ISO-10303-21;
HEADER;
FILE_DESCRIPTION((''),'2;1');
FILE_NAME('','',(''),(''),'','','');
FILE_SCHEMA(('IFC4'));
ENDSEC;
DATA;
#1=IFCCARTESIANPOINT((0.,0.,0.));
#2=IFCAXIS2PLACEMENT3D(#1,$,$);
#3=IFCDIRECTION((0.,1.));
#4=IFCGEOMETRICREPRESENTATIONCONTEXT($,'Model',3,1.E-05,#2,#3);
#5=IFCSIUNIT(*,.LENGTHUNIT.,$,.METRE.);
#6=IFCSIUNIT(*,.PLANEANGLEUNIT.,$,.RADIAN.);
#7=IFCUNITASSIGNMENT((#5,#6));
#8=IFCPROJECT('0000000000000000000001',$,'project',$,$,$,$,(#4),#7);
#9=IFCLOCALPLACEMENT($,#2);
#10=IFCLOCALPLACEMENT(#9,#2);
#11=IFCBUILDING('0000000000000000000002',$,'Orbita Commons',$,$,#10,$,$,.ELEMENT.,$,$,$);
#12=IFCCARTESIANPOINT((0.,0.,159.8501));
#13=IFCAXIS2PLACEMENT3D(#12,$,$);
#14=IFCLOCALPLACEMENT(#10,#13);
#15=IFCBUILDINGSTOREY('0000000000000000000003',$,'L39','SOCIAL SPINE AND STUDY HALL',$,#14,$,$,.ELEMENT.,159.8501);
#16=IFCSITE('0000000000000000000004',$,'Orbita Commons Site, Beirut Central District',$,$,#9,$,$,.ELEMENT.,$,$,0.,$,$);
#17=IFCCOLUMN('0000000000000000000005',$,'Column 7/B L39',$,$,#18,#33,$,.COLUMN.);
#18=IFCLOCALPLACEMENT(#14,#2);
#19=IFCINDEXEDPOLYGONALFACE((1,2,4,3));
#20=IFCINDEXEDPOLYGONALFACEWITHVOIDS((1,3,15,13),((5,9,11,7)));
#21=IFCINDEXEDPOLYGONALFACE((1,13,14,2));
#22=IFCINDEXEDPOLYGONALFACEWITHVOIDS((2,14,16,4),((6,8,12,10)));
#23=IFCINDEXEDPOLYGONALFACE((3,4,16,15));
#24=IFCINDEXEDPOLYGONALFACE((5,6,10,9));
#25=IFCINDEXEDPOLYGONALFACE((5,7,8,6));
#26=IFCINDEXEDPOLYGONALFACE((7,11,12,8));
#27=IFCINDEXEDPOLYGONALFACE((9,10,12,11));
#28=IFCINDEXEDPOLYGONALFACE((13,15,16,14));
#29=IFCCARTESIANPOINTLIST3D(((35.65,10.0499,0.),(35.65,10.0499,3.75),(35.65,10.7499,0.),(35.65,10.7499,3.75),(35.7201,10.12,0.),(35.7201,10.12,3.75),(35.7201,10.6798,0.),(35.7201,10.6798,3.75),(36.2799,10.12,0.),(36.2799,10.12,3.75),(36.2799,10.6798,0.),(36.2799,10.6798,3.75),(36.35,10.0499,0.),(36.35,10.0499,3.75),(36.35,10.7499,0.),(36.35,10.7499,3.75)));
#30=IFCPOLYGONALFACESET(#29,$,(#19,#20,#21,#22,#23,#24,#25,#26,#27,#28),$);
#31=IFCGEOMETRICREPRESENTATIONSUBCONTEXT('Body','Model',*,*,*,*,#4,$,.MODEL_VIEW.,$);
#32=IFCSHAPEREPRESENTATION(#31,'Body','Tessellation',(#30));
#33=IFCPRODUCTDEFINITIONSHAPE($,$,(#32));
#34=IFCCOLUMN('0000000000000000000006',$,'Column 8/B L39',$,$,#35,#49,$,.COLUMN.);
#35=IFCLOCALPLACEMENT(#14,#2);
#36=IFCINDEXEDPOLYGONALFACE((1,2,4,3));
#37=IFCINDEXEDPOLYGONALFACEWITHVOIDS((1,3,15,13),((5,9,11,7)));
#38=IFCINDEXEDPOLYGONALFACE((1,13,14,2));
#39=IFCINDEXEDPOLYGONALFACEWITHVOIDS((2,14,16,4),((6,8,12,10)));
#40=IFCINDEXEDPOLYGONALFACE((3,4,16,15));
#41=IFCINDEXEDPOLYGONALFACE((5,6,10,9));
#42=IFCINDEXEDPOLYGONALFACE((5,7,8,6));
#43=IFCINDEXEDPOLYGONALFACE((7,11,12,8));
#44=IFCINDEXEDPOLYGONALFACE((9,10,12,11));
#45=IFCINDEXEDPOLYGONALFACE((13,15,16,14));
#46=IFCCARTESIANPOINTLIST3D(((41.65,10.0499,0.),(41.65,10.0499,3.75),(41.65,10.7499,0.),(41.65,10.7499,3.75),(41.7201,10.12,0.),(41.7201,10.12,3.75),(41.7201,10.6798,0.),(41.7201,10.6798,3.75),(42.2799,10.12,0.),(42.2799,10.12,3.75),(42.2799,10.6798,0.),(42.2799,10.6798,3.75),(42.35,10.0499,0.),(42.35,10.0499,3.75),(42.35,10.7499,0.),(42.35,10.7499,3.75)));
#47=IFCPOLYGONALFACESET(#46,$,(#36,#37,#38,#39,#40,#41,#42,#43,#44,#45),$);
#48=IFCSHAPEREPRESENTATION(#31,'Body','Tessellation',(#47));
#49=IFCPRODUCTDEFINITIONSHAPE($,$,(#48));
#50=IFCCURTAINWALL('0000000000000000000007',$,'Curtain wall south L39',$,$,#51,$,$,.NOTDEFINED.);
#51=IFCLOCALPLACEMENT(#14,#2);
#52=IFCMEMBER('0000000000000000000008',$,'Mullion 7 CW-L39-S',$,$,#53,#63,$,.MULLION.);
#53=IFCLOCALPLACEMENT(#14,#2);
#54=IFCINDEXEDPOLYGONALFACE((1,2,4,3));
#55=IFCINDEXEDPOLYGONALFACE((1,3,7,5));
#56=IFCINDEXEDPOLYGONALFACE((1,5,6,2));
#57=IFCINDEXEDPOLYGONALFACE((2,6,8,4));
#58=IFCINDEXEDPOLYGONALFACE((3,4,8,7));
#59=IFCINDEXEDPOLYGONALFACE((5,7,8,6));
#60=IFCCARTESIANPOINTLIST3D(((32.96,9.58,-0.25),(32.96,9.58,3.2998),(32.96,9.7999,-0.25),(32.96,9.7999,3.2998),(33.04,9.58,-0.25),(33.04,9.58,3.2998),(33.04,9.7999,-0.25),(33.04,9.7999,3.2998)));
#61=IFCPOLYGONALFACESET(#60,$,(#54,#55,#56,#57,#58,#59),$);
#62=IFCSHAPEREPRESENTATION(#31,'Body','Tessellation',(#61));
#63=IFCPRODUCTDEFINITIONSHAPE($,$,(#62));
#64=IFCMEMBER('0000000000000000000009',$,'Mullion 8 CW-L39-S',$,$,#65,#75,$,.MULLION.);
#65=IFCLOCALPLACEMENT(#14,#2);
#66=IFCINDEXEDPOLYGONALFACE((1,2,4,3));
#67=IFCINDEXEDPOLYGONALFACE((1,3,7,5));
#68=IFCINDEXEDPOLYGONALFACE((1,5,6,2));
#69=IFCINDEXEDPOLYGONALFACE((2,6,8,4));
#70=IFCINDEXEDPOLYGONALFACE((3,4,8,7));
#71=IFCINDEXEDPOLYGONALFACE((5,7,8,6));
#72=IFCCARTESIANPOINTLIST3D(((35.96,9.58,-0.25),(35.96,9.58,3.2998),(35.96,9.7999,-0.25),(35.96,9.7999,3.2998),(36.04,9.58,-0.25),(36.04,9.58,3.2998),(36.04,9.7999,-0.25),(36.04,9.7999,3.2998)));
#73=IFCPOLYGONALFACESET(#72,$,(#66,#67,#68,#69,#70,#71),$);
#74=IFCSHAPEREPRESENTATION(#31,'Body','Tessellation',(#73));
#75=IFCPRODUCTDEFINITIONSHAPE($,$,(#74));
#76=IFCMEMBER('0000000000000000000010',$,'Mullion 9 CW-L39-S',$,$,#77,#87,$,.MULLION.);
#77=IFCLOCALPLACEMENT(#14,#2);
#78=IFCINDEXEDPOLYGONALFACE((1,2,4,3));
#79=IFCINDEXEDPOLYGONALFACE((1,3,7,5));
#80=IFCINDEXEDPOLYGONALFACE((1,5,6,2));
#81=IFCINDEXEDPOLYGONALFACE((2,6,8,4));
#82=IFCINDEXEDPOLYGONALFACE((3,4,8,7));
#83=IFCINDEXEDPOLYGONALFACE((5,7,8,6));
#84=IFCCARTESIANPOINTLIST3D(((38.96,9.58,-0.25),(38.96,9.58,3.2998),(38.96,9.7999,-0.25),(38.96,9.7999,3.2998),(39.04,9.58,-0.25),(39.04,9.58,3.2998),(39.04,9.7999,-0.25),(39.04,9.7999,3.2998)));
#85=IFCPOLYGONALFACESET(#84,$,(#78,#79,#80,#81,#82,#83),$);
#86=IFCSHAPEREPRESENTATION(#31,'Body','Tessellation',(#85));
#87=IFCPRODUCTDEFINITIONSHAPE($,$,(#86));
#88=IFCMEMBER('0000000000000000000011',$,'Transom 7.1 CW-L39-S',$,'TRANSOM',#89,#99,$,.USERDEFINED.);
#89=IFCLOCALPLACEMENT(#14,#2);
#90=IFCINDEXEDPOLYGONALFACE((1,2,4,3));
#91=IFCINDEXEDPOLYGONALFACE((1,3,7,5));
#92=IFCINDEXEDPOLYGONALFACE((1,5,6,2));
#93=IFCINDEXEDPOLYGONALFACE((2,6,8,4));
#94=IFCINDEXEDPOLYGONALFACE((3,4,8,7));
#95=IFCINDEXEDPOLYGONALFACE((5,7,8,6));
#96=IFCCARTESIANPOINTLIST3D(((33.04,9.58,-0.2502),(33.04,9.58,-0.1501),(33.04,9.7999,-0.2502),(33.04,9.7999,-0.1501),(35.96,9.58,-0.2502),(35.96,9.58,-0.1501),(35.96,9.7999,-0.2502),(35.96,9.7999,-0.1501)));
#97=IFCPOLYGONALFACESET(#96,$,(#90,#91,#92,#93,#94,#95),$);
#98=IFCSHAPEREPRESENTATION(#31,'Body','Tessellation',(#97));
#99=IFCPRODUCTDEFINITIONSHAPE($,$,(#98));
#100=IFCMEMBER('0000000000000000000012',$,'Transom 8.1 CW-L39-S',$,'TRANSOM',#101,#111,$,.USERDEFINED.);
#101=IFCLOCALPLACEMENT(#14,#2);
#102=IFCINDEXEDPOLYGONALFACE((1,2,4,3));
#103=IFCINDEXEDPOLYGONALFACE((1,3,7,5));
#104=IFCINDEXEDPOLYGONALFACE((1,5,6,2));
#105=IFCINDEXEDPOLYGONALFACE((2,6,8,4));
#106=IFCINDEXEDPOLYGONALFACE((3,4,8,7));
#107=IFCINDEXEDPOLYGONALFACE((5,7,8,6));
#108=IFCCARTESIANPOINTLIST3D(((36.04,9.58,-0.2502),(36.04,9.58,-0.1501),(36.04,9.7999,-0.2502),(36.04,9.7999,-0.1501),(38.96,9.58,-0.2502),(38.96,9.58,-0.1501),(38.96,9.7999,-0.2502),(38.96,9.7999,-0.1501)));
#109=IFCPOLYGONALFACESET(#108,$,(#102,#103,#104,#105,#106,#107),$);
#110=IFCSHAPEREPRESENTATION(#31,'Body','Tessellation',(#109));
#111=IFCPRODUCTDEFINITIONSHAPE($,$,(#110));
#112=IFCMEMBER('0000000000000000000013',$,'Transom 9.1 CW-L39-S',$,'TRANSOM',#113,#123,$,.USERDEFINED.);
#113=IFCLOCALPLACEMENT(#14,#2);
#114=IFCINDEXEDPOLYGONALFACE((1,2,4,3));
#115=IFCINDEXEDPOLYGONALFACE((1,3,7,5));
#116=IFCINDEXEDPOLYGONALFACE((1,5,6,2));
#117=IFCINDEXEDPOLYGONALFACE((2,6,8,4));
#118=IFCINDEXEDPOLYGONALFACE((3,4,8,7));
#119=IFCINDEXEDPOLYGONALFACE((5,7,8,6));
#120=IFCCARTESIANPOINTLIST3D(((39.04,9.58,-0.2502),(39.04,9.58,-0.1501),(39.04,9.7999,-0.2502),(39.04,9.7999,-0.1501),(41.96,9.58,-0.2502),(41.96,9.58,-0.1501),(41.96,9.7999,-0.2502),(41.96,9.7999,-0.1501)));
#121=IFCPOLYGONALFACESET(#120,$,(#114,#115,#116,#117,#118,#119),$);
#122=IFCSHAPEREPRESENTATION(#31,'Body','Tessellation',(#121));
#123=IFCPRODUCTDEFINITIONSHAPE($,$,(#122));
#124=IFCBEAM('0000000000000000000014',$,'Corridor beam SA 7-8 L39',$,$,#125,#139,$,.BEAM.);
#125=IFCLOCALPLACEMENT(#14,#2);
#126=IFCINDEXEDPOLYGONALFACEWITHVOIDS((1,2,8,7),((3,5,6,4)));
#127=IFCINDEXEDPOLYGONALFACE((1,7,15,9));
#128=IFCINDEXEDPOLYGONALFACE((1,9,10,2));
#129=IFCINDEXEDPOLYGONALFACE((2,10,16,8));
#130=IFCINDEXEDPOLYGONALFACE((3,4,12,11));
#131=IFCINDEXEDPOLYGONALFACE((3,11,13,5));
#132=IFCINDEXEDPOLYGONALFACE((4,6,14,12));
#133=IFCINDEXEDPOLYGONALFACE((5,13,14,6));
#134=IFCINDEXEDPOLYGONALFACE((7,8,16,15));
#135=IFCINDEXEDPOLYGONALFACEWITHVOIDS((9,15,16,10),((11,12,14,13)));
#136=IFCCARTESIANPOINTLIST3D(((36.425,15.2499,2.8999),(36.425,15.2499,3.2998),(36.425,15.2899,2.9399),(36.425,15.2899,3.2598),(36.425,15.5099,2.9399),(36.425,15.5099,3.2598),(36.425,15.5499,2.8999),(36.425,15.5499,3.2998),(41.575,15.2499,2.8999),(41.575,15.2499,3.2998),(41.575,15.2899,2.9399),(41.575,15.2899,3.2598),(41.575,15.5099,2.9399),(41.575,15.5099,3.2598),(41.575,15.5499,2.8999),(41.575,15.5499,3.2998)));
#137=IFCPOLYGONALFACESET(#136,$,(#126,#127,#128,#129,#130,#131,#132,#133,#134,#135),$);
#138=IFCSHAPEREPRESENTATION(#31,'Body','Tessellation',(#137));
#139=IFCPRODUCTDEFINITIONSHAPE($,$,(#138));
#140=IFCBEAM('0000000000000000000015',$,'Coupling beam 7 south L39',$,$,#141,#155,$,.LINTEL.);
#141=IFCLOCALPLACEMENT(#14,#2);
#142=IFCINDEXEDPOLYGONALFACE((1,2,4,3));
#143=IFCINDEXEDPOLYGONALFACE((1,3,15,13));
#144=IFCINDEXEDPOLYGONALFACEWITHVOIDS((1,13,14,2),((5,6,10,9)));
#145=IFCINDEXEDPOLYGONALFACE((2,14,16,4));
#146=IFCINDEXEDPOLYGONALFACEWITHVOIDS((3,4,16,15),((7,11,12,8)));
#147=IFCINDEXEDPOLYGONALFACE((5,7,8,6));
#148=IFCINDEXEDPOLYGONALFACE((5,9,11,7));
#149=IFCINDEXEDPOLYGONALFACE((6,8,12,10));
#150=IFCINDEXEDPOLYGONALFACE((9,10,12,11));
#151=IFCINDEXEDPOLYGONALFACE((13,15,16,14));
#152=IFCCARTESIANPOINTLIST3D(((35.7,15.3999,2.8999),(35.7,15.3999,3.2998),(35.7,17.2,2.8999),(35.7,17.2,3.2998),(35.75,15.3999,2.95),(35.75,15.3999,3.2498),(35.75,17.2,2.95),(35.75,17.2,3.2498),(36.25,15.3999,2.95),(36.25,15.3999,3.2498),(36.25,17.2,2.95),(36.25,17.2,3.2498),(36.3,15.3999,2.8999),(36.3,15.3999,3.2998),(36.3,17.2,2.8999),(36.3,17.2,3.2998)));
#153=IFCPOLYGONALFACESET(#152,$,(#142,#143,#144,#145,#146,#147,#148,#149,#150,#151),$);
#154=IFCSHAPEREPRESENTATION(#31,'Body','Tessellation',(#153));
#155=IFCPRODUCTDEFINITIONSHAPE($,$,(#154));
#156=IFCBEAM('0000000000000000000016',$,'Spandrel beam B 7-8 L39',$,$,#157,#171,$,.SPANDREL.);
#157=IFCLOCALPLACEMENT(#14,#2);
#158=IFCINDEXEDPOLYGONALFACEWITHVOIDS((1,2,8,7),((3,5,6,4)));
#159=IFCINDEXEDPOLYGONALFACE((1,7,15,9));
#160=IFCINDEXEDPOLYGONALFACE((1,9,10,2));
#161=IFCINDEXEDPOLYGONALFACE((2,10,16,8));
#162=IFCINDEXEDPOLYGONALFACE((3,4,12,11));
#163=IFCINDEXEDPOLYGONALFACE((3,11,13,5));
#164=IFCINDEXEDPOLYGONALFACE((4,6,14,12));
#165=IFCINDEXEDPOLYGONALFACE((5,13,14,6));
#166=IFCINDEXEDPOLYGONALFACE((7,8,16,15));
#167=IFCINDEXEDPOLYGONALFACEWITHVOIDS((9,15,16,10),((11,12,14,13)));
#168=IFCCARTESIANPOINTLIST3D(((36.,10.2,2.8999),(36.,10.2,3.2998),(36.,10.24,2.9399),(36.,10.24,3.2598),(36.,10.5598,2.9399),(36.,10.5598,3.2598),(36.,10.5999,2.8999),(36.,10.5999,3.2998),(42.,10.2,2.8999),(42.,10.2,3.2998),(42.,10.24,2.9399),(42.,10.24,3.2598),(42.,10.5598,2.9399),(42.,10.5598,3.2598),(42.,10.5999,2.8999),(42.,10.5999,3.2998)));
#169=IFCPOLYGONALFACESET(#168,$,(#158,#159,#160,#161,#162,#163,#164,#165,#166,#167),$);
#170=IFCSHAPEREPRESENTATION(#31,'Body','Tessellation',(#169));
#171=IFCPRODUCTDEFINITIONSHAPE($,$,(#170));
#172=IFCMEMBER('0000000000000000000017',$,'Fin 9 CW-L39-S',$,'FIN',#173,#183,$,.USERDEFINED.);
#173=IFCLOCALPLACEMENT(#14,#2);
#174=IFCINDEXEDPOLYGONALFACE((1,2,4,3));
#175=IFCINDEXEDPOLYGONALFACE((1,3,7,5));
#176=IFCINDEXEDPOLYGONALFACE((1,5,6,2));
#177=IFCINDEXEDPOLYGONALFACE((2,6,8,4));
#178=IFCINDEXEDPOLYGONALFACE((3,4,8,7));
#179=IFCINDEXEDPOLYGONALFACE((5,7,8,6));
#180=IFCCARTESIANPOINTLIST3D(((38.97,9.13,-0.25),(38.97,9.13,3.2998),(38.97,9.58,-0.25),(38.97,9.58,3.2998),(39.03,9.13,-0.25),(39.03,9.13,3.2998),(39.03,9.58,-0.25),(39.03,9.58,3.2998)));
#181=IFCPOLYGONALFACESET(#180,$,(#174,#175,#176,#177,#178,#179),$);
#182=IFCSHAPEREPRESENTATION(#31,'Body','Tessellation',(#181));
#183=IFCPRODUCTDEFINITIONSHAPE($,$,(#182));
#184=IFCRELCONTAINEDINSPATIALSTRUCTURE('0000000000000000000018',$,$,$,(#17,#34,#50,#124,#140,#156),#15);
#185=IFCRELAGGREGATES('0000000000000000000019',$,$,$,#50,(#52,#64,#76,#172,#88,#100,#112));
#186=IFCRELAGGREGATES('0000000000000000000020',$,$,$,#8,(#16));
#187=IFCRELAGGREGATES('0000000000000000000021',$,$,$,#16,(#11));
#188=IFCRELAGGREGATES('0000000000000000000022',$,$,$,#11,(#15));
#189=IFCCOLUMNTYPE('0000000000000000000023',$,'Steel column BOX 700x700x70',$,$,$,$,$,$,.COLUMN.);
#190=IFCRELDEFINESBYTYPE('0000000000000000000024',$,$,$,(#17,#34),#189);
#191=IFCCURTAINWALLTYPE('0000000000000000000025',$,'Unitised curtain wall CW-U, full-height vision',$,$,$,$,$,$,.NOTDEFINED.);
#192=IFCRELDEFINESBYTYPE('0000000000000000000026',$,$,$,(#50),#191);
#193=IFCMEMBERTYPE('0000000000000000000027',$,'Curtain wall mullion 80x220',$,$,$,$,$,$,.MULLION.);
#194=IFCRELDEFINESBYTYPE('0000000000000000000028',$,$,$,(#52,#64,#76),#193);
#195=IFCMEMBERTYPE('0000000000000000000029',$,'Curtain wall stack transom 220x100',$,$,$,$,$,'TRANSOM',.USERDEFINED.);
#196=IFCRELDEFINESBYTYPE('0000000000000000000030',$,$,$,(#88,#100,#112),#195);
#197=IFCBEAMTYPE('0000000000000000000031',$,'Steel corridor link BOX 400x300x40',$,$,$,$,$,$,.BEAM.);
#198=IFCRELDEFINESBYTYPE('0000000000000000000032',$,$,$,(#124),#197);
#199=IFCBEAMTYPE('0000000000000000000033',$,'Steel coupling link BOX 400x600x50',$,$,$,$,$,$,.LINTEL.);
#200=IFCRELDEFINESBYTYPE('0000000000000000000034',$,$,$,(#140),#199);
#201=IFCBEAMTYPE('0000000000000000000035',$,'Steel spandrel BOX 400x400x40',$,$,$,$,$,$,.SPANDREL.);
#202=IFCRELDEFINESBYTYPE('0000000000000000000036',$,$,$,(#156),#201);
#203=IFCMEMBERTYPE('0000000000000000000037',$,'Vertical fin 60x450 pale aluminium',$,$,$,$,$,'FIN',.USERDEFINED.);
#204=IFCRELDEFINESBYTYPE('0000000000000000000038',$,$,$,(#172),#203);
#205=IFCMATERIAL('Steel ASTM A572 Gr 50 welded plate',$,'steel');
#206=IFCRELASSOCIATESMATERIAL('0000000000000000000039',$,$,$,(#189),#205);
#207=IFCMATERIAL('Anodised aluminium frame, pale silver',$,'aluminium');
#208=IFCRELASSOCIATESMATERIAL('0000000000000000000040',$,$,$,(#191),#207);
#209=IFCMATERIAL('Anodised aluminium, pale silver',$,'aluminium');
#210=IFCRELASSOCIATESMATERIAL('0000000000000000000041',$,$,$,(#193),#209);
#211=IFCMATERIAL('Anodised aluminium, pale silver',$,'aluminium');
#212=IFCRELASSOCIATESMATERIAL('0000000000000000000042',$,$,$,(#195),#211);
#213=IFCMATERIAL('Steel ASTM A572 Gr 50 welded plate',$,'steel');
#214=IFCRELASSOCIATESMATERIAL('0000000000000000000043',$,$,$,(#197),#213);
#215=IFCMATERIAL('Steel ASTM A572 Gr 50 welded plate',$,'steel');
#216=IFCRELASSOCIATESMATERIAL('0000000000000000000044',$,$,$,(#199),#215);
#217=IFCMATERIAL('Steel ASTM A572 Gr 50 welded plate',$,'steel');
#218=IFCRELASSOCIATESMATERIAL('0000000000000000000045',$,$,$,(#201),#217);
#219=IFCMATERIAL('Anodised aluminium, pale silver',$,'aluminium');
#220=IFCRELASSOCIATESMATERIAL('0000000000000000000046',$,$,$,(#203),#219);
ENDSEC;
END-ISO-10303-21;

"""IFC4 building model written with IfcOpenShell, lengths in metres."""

from ifc_helpers import new_model, si_unit, direction, frame, origin, origin_2d, place, context, subcontext, project, spatial, rectangle, hollow_rectangle, extrude, material, material_profile, profile_set, type_object, element, aggregate, save


model = new_model("IFC4")

# Units and contexts
model_context = context("Model", 3, precision=1e-05, world=origin(), true_north=direction((0.0, 1.0)))
body_context = subcontext(model_context, "Body", "Model", "MODEL_VIEW")
ifc_project = project(units=[si_unit("LENGTHUNIT", "METRE"), si_unit("PLANEANGLEUNIT", "RADIAN")], contexts=[model_context])

# Site, building, storey
site_placement = place(None, origin())
site = spatial("IfcSite", under=ifc_project, at=site_placement, Name="Orbita Commons Site, Beirut Central District", CompositionType="ELEMENT", RefElevation=0.0)
building_placement = place(site_placement, origin())
building = spatial("IfcBuilding", under=site, at=building_placement, Name="Orbita Commons", CompositionType="ELEMENT")
storey_placement = place(building_placement, frame((0.0, 0.0, 159.8501)))
storey = spatial("IfcBuildingStorey", under=building, at=storey_placement, Name="L39", Description="SOCIAL SPINE AND STUDY HALL", CompositionType="ELEMENT", Elevation=159.8501)

# Columns
ifc_material_1 = material(Name="Steel ASTM A572 Gr 50 welded plate", Category="steel")
ifc_material_profile_1 = material_profile(ifc_material_1, hollow_rectangle(XDim=0.7, YDim=0.7, WallThickness=0.0701, at=origin_2d()), Name="BOX 700x700x70")
ifc_profile_set_1 = profile_set([ifc_material_profile_1], Name="Steel ASTM A572 Gr 50 welded plate")
column_type = type_object("IfcColumnType", Name="Steel column BOX 700x700x70", PredefinedType="COLUMN", material=ifc_profile_set_1)
for number, where, z_axis, x_axis, name in (
    (1, (36.0, 10.3999, 0.0), (0.0, 0.0, 1.0), (1.0, 0.0, 0.0), "Column 7/B L39"),
    (2, (42.0, 10.3999, 0.0), (0.0, 0.0, 1.0), (1.0, 0.0, 0.0), "Column 8/B L39"),
):
    element("IfcColumn", number, at=place(storey_placement, frame(where, z_axis=z_axis, x_axis=x_axis)), inside=storey, type_object=column_type, Name=name, PredefinedType="COLUMN", context=body_context, shape_type="SweptSolid", body=[
        extrude(hollow_rectangle(XDim=0.7, YDim=0.7, WallThickness=0.0701, at=origin_2d()), origin(), (0.0, 0.0, 1.0), 3.75),
    ])

# Curtain wall, members
ifc_material_2 = material(Name="Anodised aluminium frame, pale silver", Category="aluminium")
curtain_wall_type = type_object("IfcCurtainWallType", Name="Unitised curtain wall CW-U, full-height vision", PredefinedType="NOTDEFINED", material=ifc_material_2)
curtain_wall_placement = place(storey_placement, origin())
curtain_wall = element("IfcCurtainWall", 3, at=curtain_wall_placement, inside=storey, type_object=curtain_wall_type, Name="Curtain wall south L39", PredefinedType="NOTDEFINED")
ifc_material_3 = material(Name="Anodised aluminium, pale silver", Category="aluminium")
ifc_material_profile_2 = material_profile(ifc_material_3, rectangle(XDim=0.0801, YDim=0.22, at=origin_2d()), Name="AL 80x220")
ifc_profile_set_2 = profile_set([ifc_material_profile_2], Name="Anodised aluminium, pale silver")
member_type_1 = type_object("IfcMemberType", Name="Curtain wall mullion 80x220", PredefinedType="MULLION", material=ifc_profile_set_2)
member_1_placement = place(storey_placement, frame((33.0, 9.6899, -0.25), z_axis=(0.0, 0.0, 1.0), x_axis=(1.0, 0.0, 0.0)))
member_1 = element("IfcMember", 4, at=member_1_placement, type_object=member_type_1, Name="Mullion 7 CW-L39-S", PredefinedType="MULLION", context=body_context, shape_type="SweptSolid", body=[
    extrude(rectangle(XDim=0.0801, YDim=0.22, at=origin_2d()), origin(), (0.0, 0.0, 1.0), 3.5498),
])
member_2_placement = place(storey_placement, frame((36.0, 9.6899, -0.25), z_axis=(0.0, 0.0, 1.0), x_axis=(1.0, 0.0, 0.0)))
member_2 = element("IfcMember", 5, at=member_2_placement, type_object=member_type_1, Name="Mullion 8 CW-L39-S", PredefinedType="MULLION", context=body_context, shape_type="SweptSolid", body=[
    extrude(rectangle(XDim=0.0801, YDim=0.22, at=origin_2d()), origin(), (0.0, 0.0, 1.0), 3.5498),
])
member_3_placement = place(storey_placement, frame((39.0, 9.6899, -0.25), z_axis=(0.0, 0.0, 1.0), x_axis=(1.0, 0.0, 0.0)))
member_3 = element("IfcMember", 6, at=member_3_placement, type_object=member_type_1, Name="Mullion 9 CW-L39-S", PredefinedType="MULLION", context=body_context, shape_type="SweptSolid", body=[
    extrude(rectangle(XDim=0.0801, YDim=0.22, at=origin_2d()), origin(), (0.0, 0.0, 1.0), 3.5498),
])
ifc_material_4 = material(Name="Anodised aluminium, pale silver", Category="aluminium")
ifc_material_profile_3 = material_profile(ifc_material_4, rectangle(XDim=0.22, YDim=0.1001, at=origin_2d()), Name="AL 220x100")
ifc_profile_set_3 = profile_set([ifc_material_profile_3], Name="Anodised aluminium, pale silver")
member_type_2 = type_object("IfcMemberType", Name="Curtain wall stack transom 220x100", ElementType="TRANSOM", PredefinedType="USERDEFINED", material=ifc_profile_set_3)
member_4_placement = place(storey_placement, frame((33.04, 9.6899, -0.2002), z_axis=(1.0, 0.0, 0.0), x_axis=(0.0, 1.0, 0.0)))
member_4 = element("IfcMember", 7, at=member_4_placement, type_object=member_type_2, Name="Transom 7.1 CW-L39-S", ObjectType="TRANSOM", PredefinedType="USERDEFINED", context=body_context, shape_type="SweptSolid", body=[
    extrude(rectangle(XDim=0.22, YDim=0.1001, at=origin_2d()), origin(), (0.0, 0.0, 1.0), 2.9199),
])
member_5_placement = place(storey_placement, frame((36.04, 9.6899, -0.2002), z_axis=(1.0, 0.0, 0.0), x_axis=(0.0, 1.0, 0.0)))
member_5 = element("IfcMember", 8, at=member_5_placement, type_object=member_type_2, Name="Transom 8.1 CW-L39-S", ObjectType="TRANSOM", PredefinedType="USERDEFINED", context=body_context, shape_type="SweptSolid", body=[
    extrude(rectangle(XDim=0.22, YDim=0.1001, at=origin_2d()), origin(), (0.0, 0.0, 1.0), 2.9199),
])
member_6_placement = place(storey_placement, frame((39.04, 9.6899, -0.2002), z_axis=(1.0, 0.0, 0.0), x_axis=(0.0, 1.0, 0.0)))
member_6 = element("IfcMember", 9, at=member_6_placement, type_object=member_type_2, Name="Transom 9.1 CW-L39-S", ObjectType="TRANSOM", PredefinedType="USERDEFINED", context=body_context, shape_type="SweptSolid", body=[
    extrude(rectangle(XDim=0.22, YDim=0.1001, at=origin_2d()), origin(), (0.0, 0.0, 1.0), 2.9199),
])

# Beams
ifc_material_5 = material(Name="Steel ASTM A572 Gr 50 welded plate", Category="steel")
ifc_material_profile_4 = material_profile(ifc_material_5, hollow_rectangle(XDim=0.3, YDim=0.3999, WallThickness=0.04, at=origin_2d()), Name="BOX 400x300x40")
ifc_profile_set_4 = profile_set([ifc_material_profile_4], Name="Steel ASTM A572 Gr 50 welded plate")
beam_type_1 = type_object("IfcBeamType", Name="Steel corridor link BOX 400x300x40", PredefinedType="BEAM", material=ifc_profile_set_4)
beam_1_placement = place(storey_placement, frame((36.425, 15.3999, 3.0999), z_axis=(1.0, 0.0, 0.0), x_axis=(0.0, 1.0, 0.0)))
element("IfcBeam", 10, at=beam_1_placement, inside=storey, type_object=beam_type_1, Name="Corridor beam SA 7-8 L39", PredefinedType="BEAM", context=body_context, shape_type="SweptSolid", body=[
    extrude(hollow_rectangle(XDim=0.3, YDim=0.3999, WallThickness=0.04, at=origin_2d()), origin(), (0.0, 0.0, 1.0), 5.1499),
])
ifc_material_6 = material(Name="Steel ASTM A572 Gr 50 welded plate", Category="steel")
ifc_material_profile_5 = material_profile(ifc_material_6, hollow_rectangle(XDim=0.6001, YDim=0.3999, WallThickness=0.05, at=origin_2d()), Name="BOX 400x600x50")
ifc_profile_set_5 = profile_set([ifc_material_profile_5], Name="Steel ASTM A572 Gr 50 welded plate")
beam_type_2 = type_object("IfcBeamType", Name="Steel coupling link BOX 400x600x50", PredefinedType="LINTEL", material=ifc_profile_set_5)
beam_2_placement = place(storey_placement, frame((36.0, 15.3999, 3.0999), z_axis=(0.0, 1.0, 0.0), x_axis=(-1.0, 0.0, 0.0)))
element("IfcBeam", 11, at=beam_2_placement, inside=storey, type_object=beam_type_2, Name="Coupling beam 7 south L39", PredefinedType="LINTEL", context=body_context, shape_type="SweptSolid", body=[
    extrude(hollow_rectangle(XDim=0.6001, YDim=0.3999, WallThickness=0.05, at=origin_2d()), origin(), (0.0, 0.0, 1.0), 1.8),
])
ifc_material_7 = material(Name="Steel ASTM A572 Gr 50 welded plate", Category="steel")
ifc_material_profile_6 = material_profile(ifc_material_7, hollow_rectangle(XDim=0.3999, YDim=0.3999, WallThickness=0.04, at=origin_2d()), Name="BOX 400x400x40")
ifc_profile_set_6 = profile_set([ifc_material_profile_6], Name="Steel ASTM A572 Gr 50 welded plate")
beam_type_3 = type_object("IfcBeamType", Name="Steel spandrel BOX 400x400x40", PredefinedType="SPANDREL", material=ifc_profile_set_6)
beam_3_placement = place(storey_placement, frame((36.0, 10.3999, 3.0999), z_axis=(1.0, 0.0, 0.0), x_axis=(0.0, 1.0, 0.0)))
element("IfcBeam", 12, at=beam_3_placement, inside=storey, type_object=beam_type_3, Name="Spandrel beam B 7-8 L39", PredefinedType="SPANDREL", context=body_context, shape_type="SweptSolid", body=[
    extrude(hollow_rectangle(XDim=0.3999, YDim=0.3999, WallThickness=0.04, at=origin_2d()), origin(), (0.0, 0.0, 1.0), 6.0),
])

# Member
ifc_material_8 = material(Name="Anodised aluminium, pale silver", Category="aluminium")
ifc_material_profile_7 = material_profile(ifc_material_8, rectangle(XDim=0.0601, YDim=0.45, at=origin_2d()), Name="FIN 60x450")
ifc_profile_set_7 = profile_set([ifc_material_profile_7], Name="Anodised aluminium, pale silver")
member_type_3 = type_object("IfcMemberType", Name="Vertical fin 60x450 pale aluminium", ElementType="FIN", PredefinedType="USERDEFINED", material=ifc_profile_set_7)
member_7_placement = place(storey_placement, frame((39.0, 9.355, -0.25), z_axis=(0.0, 0.0, 1.0), x_axis=(1.0, 0.0, 0.0)))
member_7 = element("IfcMember", 13, at=member_7_placement, type_object=member_type_3, Name="Fin 9 CW-L39-S", ObjectType="FIN", PredefinedType="USERDEFINED", context=body_context, shape_type="SweptSolid", body=[
    extrude(rectangle(XDim=0.0601, YDim=0.45, at=origin_2d()), origin(), (0.0, 0.0, 1.0), 3.5498),
])

aggregate(curtain_wall, [member_1, member_2, member_3, member_7, member_4, member_5, member_6])

save(model, "model.ifc")
